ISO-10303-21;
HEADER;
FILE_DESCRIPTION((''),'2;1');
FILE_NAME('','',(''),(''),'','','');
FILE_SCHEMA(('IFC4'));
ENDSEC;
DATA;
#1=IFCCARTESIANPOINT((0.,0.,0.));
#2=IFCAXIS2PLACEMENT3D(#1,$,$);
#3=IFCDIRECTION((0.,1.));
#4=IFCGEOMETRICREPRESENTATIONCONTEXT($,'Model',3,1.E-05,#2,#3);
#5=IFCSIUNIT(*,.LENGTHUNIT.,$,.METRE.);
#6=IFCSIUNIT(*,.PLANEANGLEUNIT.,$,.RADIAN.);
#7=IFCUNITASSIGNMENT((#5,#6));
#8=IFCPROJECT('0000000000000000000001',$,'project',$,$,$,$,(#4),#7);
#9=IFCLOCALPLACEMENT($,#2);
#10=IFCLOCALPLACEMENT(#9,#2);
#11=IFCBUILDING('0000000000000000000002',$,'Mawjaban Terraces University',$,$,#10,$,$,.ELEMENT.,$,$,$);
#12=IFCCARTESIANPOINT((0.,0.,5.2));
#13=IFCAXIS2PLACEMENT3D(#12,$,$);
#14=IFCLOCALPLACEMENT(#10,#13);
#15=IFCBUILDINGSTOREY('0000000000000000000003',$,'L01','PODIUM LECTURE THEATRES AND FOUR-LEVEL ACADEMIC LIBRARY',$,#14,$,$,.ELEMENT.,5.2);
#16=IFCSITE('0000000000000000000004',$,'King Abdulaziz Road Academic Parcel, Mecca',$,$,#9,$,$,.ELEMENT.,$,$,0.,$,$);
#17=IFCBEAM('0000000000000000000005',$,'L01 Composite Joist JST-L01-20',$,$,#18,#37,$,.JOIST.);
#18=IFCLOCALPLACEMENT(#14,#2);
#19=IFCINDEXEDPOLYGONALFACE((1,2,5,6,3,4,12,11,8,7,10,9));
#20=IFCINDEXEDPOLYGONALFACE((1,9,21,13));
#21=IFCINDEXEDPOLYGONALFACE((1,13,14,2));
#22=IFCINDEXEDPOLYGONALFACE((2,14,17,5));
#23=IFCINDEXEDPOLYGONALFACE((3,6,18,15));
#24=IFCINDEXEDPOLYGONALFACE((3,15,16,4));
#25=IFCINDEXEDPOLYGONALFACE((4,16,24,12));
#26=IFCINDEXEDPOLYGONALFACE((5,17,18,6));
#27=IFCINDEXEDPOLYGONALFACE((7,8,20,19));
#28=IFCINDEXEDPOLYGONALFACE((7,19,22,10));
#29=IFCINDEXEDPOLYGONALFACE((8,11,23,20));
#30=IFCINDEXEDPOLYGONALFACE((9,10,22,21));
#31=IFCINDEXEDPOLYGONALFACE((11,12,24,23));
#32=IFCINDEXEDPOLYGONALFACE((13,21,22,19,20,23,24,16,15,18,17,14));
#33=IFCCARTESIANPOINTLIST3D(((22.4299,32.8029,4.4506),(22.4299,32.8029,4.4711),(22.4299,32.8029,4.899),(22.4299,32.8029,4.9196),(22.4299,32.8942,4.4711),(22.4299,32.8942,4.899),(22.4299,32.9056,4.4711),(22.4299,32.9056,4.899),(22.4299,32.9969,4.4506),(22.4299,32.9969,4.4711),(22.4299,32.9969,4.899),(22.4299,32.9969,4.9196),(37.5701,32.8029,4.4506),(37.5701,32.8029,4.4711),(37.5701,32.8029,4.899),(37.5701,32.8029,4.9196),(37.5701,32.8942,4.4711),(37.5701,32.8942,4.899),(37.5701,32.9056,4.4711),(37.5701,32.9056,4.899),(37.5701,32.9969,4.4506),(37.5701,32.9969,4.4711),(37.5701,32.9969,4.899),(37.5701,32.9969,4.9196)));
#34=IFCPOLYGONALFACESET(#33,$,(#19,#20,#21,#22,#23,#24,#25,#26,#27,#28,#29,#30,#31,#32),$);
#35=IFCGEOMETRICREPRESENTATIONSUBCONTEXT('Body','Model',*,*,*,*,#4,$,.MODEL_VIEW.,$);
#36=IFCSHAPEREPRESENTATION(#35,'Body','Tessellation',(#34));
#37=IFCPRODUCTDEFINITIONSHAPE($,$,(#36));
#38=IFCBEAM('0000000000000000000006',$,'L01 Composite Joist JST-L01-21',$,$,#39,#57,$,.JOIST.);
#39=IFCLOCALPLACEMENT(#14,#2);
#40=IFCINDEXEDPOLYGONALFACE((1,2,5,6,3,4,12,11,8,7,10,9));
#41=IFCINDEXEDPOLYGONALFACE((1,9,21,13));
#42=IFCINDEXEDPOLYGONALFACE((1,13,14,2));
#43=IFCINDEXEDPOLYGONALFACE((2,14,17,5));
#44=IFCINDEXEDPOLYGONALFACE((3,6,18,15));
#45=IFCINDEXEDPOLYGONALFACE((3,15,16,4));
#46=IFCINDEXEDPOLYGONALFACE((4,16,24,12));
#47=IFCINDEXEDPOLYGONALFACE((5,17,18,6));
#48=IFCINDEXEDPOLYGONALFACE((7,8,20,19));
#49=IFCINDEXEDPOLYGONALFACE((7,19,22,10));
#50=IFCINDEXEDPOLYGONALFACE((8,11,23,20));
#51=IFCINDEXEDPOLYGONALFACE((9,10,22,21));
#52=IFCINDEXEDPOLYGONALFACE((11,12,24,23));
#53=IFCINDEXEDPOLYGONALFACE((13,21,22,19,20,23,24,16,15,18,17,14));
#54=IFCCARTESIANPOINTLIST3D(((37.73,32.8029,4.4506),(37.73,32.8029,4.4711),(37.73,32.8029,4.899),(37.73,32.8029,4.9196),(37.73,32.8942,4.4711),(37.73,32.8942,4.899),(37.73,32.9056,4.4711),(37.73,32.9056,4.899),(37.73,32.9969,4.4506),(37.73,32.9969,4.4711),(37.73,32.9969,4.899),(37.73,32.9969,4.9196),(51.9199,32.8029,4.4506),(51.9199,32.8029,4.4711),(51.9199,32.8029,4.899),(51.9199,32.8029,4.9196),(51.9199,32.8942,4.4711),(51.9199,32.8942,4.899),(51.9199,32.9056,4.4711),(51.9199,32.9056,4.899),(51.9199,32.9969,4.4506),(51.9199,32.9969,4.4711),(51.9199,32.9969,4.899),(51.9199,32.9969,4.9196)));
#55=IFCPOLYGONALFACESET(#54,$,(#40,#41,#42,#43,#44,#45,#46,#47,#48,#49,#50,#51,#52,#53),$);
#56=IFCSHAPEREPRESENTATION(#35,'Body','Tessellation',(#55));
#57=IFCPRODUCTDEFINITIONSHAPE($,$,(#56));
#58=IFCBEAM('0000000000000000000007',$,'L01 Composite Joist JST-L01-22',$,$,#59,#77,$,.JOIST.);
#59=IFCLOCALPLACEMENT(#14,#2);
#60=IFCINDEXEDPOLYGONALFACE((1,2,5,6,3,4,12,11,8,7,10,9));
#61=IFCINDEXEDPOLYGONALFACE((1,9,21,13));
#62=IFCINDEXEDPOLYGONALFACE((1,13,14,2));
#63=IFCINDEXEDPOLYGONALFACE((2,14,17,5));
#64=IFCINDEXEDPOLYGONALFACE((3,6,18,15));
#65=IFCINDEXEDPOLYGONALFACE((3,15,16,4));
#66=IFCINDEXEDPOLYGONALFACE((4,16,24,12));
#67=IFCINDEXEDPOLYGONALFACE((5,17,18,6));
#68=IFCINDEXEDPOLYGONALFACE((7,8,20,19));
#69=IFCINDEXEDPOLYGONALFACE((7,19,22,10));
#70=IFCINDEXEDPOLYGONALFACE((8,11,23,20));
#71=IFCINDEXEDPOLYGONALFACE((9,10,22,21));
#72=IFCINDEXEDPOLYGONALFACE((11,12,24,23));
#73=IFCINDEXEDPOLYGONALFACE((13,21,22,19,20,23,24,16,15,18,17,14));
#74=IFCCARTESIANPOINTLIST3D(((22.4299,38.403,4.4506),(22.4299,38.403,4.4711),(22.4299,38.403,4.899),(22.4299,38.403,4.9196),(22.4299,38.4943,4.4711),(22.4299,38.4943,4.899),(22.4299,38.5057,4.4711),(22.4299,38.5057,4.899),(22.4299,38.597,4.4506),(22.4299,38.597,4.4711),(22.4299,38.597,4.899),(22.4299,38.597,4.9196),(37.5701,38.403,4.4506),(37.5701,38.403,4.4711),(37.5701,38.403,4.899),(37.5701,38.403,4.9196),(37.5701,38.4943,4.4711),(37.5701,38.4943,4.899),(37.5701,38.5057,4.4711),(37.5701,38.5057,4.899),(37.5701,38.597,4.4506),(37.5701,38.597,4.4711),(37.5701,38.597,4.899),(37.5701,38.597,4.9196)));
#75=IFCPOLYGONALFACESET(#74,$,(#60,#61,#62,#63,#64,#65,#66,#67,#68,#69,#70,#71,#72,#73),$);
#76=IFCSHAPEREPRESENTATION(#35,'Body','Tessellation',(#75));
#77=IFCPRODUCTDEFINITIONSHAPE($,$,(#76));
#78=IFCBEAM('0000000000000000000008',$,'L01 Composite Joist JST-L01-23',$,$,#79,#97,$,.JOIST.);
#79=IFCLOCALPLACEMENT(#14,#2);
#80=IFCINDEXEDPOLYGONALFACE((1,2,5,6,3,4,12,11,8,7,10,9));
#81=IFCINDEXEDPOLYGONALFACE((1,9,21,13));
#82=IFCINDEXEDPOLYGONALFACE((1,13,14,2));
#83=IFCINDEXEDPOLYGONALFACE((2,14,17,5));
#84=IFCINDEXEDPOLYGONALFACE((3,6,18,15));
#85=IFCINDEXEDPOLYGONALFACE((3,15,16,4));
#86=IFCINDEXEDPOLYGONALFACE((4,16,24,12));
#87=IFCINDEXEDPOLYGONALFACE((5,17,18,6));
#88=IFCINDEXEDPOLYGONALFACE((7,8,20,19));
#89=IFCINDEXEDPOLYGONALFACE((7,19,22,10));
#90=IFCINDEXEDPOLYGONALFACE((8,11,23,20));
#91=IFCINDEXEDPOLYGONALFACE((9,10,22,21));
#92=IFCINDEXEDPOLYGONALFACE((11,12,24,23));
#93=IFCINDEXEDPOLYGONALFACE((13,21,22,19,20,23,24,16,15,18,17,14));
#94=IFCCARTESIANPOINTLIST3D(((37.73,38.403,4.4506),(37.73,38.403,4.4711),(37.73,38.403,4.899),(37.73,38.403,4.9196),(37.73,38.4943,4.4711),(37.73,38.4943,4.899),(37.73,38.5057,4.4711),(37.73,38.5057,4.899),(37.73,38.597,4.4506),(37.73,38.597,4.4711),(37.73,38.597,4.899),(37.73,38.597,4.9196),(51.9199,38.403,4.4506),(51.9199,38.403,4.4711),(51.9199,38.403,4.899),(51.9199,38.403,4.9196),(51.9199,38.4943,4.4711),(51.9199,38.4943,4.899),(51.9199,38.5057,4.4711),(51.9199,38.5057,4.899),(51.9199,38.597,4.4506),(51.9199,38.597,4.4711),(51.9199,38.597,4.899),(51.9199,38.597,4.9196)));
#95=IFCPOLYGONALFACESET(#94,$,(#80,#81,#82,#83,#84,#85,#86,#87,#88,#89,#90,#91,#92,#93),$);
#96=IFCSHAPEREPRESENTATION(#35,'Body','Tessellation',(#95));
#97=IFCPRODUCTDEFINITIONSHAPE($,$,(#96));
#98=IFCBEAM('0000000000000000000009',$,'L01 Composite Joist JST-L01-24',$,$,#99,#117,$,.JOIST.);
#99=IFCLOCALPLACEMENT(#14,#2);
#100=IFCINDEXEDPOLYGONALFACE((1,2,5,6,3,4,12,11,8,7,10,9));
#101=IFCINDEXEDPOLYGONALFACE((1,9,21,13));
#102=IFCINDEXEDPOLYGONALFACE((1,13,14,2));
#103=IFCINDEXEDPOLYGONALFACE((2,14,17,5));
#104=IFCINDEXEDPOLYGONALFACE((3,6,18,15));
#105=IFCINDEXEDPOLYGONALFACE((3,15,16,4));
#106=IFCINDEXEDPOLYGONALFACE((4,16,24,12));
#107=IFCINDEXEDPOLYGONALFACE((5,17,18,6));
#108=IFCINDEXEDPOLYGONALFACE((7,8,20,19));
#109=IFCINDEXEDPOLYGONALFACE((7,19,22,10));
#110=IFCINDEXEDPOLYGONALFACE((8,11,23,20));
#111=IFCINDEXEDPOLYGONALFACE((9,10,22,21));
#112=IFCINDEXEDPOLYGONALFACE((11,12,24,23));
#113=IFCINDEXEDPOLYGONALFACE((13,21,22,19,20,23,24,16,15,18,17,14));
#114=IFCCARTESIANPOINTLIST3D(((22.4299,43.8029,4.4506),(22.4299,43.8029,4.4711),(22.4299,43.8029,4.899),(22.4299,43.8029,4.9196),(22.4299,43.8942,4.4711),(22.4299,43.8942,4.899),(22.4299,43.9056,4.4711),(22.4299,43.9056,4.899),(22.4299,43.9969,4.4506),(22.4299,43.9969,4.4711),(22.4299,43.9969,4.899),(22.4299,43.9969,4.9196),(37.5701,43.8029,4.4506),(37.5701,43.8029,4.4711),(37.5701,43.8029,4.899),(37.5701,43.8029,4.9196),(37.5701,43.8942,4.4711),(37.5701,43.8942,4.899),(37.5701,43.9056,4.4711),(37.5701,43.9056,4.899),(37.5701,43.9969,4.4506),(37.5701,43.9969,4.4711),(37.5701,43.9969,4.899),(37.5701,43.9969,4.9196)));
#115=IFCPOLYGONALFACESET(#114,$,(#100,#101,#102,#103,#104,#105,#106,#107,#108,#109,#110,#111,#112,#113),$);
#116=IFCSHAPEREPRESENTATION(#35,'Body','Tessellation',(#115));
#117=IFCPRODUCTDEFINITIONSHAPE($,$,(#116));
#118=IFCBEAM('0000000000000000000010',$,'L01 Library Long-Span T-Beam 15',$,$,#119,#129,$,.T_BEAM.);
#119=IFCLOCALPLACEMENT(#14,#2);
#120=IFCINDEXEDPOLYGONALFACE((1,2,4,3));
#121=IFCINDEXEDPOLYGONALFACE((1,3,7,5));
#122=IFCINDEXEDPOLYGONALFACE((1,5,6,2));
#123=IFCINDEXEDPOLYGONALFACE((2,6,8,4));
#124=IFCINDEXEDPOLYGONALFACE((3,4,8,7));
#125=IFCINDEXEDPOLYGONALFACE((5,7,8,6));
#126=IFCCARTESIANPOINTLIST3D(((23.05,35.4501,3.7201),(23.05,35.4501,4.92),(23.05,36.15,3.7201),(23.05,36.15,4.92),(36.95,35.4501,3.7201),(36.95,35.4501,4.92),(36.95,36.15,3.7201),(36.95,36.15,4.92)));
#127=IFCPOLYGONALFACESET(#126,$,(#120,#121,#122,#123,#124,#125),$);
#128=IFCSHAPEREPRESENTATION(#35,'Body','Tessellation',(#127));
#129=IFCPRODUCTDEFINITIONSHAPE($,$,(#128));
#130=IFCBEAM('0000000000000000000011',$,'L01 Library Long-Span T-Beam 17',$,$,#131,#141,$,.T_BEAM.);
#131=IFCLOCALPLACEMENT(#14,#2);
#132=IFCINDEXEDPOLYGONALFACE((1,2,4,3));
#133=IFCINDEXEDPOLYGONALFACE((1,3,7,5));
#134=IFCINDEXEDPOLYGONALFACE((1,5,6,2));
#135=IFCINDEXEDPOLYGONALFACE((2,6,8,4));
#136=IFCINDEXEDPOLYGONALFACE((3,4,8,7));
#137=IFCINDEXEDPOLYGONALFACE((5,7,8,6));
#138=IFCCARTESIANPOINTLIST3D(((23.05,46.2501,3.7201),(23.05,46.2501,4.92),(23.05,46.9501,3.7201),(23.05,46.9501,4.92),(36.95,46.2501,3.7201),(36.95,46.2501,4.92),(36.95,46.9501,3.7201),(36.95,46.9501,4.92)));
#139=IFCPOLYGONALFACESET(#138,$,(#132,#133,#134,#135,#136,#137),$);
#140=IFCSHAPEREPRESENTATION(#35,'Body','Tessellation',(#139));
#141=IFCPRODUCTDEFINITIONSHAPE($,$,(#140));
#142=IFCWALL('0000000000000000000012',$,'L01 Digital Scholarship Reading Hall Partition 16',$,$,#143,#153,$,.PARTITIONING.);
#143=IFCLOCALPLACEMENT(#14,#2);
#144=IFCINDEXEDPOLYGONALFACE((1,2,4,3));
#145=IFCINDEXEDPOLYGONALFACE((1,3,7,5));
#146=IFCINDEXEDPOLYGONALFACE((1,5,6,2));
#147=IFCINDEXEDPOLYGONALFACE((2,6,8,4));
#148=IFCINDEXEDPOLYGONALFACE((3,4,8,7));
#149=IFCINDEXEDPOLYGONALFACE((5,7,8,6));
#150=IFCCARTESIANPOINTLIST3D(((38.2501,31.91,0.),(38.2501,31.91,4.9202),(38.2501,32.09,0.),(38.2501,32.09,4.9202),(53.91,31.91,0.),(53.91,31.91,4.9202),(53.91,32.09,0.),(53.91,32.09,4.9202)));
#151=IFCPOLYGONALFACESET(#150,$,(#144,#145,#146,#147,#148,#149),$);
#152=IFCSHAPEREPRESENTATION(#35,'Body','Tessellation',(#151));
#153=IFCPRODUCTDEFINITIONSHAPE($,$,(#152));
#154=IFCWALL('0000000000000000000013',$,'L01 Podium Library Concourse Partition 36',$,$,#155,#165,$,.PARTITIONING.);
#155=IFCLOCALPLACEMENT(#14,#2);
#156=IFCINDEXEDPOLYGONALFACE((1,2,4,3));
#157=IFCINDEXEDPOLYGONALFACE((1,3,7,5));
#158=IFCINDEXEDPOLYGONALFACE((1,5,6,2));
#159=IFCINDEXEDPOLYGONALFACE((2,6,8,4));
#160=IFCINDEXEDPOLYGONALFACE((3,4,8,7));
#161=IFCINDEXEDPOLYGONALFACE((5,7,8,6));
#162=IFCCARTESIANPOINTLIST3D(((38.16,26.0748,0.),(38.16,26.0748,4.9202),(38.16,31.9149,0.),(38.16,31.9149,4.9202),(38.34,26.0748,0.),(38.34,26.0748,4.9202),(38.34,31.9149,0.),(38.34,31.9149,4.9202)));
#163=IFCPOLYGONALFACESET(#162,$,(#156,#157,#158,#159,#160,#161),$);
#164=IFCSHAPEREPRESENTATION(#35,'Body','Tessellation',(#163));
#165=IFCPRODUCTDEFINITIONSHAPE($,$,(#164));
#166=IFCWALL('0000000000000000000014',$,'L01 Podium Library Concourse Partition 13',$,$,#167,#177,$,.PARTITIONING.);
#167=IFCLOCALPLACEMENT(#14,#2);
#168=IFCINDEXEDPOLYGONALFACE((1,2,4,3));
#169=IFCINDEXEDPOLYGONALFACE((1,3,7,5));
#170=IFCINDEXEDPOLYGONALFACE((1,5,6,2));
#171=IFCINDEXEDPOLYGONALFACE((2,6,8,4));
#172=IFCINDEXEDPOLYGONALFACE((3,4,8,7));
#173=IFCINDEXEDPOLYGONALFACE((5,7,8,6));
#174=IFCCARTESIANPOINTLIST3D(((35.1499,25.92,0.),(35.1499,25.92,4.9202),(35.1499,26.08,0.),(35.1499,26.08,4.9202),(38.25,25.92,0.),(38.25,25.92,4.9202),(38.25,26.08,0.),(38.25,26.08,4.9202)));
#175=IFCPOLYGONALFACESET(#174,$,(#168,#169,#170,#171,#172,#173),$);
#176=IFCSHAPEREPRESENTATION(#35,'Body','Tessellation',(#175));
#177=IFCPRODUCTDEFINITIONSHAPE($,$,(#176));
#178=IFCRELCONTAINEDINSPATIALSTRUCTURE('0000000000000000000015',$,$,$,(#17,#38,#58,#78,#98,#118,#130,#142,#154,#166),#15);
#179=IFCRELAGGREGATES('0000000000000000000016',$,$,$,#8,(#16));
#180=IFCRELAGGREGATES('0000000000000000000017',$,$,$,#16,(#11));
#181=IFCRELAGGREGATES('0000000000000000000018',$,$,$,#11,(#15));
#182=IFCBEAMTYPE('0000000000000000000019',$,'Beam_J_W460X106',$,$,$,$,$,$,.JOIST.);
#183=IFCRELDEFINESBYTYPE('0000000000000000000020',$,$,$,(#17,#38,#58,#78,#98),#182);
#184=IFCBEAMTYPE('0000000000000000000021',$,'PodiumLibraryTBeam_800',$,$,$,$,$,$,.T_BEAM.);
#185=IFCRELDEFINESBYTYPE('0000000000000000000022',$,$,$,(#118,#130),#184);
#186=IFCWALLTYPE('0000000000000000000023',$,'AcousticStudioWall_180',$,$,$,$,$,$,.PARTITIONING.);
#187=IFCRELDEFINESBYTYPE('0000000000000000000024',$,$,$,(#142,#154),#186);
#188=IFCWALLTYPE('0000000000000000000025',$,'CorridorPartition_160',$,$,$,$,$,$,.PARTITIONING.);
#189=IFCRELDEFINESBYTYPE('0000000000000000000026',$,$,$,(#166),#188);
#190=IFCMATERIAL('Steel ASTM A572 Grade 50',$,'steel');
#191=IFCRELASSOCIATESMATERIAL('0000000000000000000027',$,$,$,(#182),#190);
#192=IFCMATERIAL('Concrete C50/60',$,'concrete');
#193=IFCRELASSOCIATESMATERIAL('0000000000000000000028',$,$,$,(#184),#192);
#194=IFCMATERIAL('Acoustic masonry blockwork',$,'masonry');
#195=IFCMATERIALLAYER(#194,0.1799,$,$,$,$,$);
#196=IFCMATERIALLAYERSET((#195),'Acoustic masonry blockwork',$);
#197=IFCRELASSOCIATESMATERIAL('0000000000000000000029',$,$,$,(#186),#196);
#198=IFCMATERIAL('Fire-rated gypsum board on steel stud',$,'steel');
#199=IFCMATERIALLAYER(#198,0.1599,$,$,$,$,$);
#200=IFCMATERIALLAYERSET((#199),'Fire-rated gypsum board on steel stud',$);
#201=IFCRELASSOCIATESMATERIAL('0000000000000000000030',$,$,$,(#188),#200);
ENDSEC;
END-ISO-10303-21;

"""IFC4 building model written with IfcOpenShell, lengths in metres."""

from ifc_helpers import new_model, si_unit, direction, frame, frame_2d, origin, origin_2d, place, context, subcontext, project, spatial, rectangle, i_section, extrude, material, layer, layer_set, material_profile, profile_set, type_object, element, save


model = new_model("IFC4")

# Units and contexts
model_context = context("Model", 3, precision=1e-05, world=origin(), true_north=direction((0.0, 1.0)))
body_context = subcontext(model_context, "Body", "Model", "MODEL_VIEW")
ifc_project = project(units=[si_unit("LENGTHUNIT", "METRE"), si_unit("PLANEANGLEUNIT", "RADIAN")], contexts=[model_context])

# Site, building, storey
site_placement = place(None, origin())
site = spatial("IfcSite", under=ifc_project, at=site_placement, Name="King Abdulaziz Road Academic Parcel, Mecca", CompositionType="ELEMENT", RefElevation=0.0)
building_placement = place(site_placement, origin())
building = spatial("IfcBuilding", under=site, at=building_placement, Name="Mawjaban Terraces University", CompositionType="ELEMENT")
storey_placement = place(building_placement, frame((0.0, 0.0, 5.2)))
storey = spatial("IfcBuildingStorey", under=building, at=storey_placement, Name="L01", Description="PODIUM LECTURE THEATRES AND FOUR-LEVEL ACADEMIC LIBRARY", CompositionType="ELEMENT", Elevation=5.2)

# Beams
ifc_material_1 = material(Name="Steel ASTM A572 Grade 50", Category="steel")
ifc_material_profile_1 = material_profile(ifc_material_1, i_section(OverallWidth=0.1941, OverallDepth=0.469, WebThickness=0.0115, FlangeThickness=0.0205, at=origin_2d()), Name="W460X106")
ifc_profile_set_1 = profile_set([ifc_material_profile_1], Name="Steel ASTM A572 Grade 50")
beam_type_1 = type_object("IfcBeamType", Name="Beam_J_W460X106", PredefinedType="JOIST", material=ifc_profile_set_1)
beam_1_placement = place(storey_placement, frame((22.4299, 32.8999, 4.6851), z_axis=(1.0, 0.0, 0.0), x_axis=(0.0, 1.0, 0.0)))
element("IfcBeam", 1, at=beam_1_placement, inside=storey, type_object=beam_type_1, Name="L01 Composite Joist JST-L01-20", PredefinedType="JOIST", context=body_context, shape_type="SweptSolid", body=[
    extrude(i_section(OverallWidth=0.1941, OverallDepth=0.469, WebThickness=0.0115, FlangeThickness=0.0205, at=origin_2d()), origin(), (0.0, 0.0, 1.0), 15.1401),
])
beam_2_placement = place(storey_placement, frame((37.73, 32.8999, 4.6851), z_axis=(1.0, 0.0, 0.0), x_axis=(0.0, 1.0, 0.0)))
element("IfcBeam", 2, at=beam_2_placement, inside=storey, type_object=beam_type_1, Name="L01 Composite Joist JST-L01-21", PredefinedType="JOIST", context=body_context, shape_type="SweptSolid", body=[
    extrude(i_section(OverallWidth=0.1941, OverallDepth=0.469, WebThickness=0.0115, FlangeThickness=0.0205, at=origin_2d()), origin(), (0.0, 0.0, 1.0), 14.1899),
])
beam_3_placement = place(storey_placement, frame((22.4299, 38.5, 4.6851), z_axis=(1.0, 0.0, 0.0), x_axis=(0.0, 1.0, 0.0)))
element("IfcBeam", 3, at=beam_3_placement, inside=storey, type_object=beam_type_1, Name="L01 Composite Joist JST-L01-22", PredefinedType="JOIST", context=body_context, shape_type="SweptSolid", body=[
    extrude(i_section(OverallWidth=0.1941, OverallDepth=0.469, WebThickness=0.0115, FlangeThickness=0.0205, at=origin_2d()), origin(), (0.0, 0.0, 1.0), 15.1401),
])
beam_4_placement = place(storey_placement, frame((37.73, 38.5, 4.6851), z_axis=(1.0, 0.0, 0.0), x_axis=(0.0, 1.0, 0.0)))
element("IfcBeam", 4, at=beam_4_placement, inside=storey, type_object=beam_type_1, Name="L01 Composite Joist JST-L01-23", PredefinedType="JOIST", context=body_context, shape_type="SweptSolid", body=[
    extrude(i_section(OverallWidth=0.1941, OverallDepth=0.469, WebThickness=0.0115, FlangeThickness=0.0205, at=origin_2d()), origin(), (0.0, 0.0, 1.0), 14.1899),
])
beam_5_placement = place(storey_placement, frame((22.4299, 43.8999, 4.6851), z_axis=(1.0, 0.0, 0.0), x_axis=(0.0, 1.0, 0.0)))
element("IfcBeam", 5, at=beam_5_placement, inside=storey, type_object=beam_type_1, Name="L01 Composite Joist JST-L01-24", PredefinedType="JOIST", context=body_context, shape_type="SweptSolid", body=[
    extrude(i_section(OverallWidth=0.1941, OverallDepth=0.469, WebThickness=0.0115, FlangeThickness=0.0205, at=origin_2d()), origin(), (0.0, 0.0, 1.0), 15.1401),
])
ifc_material_2 = material(Name="Concrete C50/60", Category="concrete")
ifc_material_profile_2 = material_profile(ifc_material_2, rectangle(XDim=0.7, YDim=1.2, at=origin_2d()), Name="RC1200X700")
ifc_profile_set_2 = profile_set([ifc_material_profile_2], Name="Concrete C50/60")
beam_type_2 = type_object("IfcBeamType", Name="PodiumLibraryTBeam_800", PredefinedType="T_BEAM", material=ifc_profile_set_2)
for number, where, z_axis, x_axis, name in (
    (6, (23.05, 35.8, 4.3201), (1.0, 0.0, 0.0), (0.0, 1.0, 0.0), "L01 Library Long-Span T-Beam 15"),
    (7, (23.05, 46.6001, 4.3201), (1.0, 0.0, 0.0), (0.0, 1.0, 0.0), "L01 Library Long-Span T-Beam 17"),
):
    element("IfcBeam", number, at=place(storey_placement, frame(where, z_axis=z_axis, x_axis=x_axis)), inside=storey, type_object=beam_type_2, Name=name, PredefinedType="T_BEAM", context=body_context, shape_type="SweptSolid", body=[
        extrude(rectangle(XDim=0.7, YDim=1.2, at=origin_2d()), origin(), (0.0, 0.0, 1.0), 13.8999),
    ])

# Walls
ifc_material_3 = material(Name="Acoustic masonry blockwork", Category="masonry")
ifc_layer_1 = layer(ifc_material_3, 0.1799)
ifc_layer_set_1 = layer_set([ifc_layer_1], Name="Acoustic masonry blockwork")
wall_type_1 = type_object("IfcWallType", Name="AcousticStudioWall_180", PredefinedType="PARTITIONING", material=ifc_layer_set_1)
wall_1_placement = place(storey_placement, frame((38.25, 32.0, 0.0), z_axis=(0.0, 0.0, 1.0), x_axis=(1.0, 0.0, 0.0)))
element("IfcWall", 8, at=wall_1_placement, inside=storey, type_object=wall_type_1, Name="L01 Digital Scholarship Reading Hall Partition 16", PredefinedType="PARTITIONING", context=body_context, shape_type="SweptSolid", body=[
    extrude(rectangle(XDim=15.6599, YDim=0.1799, at=frame_2d((7.8301, 0.0))), origin(), (0.0, 0.0, 1.0), 4.9202),
])
wall_2_placement = place(storey_placement, frame((38.25, 26.075, 0.0), z_axis=(0.0, 0.0, 1.0), x_axis=(0.0, 1.0, 0.0)))
element("IfcWall", 9, at=wall_2_placement, inside=storey, type_object=wall_type_1, Name="L01 Podium Library Concourse Partition 36", PredefinedType="PARTITIONING", context=body_context, shape_type="SweptSolid", body=[
    extrude(rectangle(XDim=5.8401, YDim=0.1799, at=frame_2d((2.9199, 0.0))), origin(), (0.0, 0.0, 1.0), 4.9202),
])
ifc_material_4 = material(Name="Fire-rated gypsum board on steel stud", Category="steel")
ifc_layer_2 = layer(ifc_material_4, 0.1599)
ifc_layer_set_2 = layer_set([ifc_layer_2], Name="Fire-rated gypsum board on steel stud")
wall_type_2 = type_object("IfcWallType", Name="CorridorPartition_160", PredefinedType="PARTITIONING", material=ifc_layer_set_2)
wall_3_placement = place(storey_placement, frame((35.1499, 26.0, 0.0), z_axis=(0.0, 0.0, 1.0), x_axis=(1.0, 0.0, 0.0)))
element("IfcWall", 10, at=wall_3_placement, inside=storey, type_object=wall_type_2, Name="L01 Podium Library Concourse Partition 13", PredefinedType="PARTITIONING", context=body_context, shape_type="SweptSolid", body=[
    extrude(rectangle(XDim=3.1001, YDim=0.1599, at=frame_2d((1.55, 0.0))), origin(), (0.0, 0.0, 1.0), 4.9202),
])

save(model, "model.ifc")
